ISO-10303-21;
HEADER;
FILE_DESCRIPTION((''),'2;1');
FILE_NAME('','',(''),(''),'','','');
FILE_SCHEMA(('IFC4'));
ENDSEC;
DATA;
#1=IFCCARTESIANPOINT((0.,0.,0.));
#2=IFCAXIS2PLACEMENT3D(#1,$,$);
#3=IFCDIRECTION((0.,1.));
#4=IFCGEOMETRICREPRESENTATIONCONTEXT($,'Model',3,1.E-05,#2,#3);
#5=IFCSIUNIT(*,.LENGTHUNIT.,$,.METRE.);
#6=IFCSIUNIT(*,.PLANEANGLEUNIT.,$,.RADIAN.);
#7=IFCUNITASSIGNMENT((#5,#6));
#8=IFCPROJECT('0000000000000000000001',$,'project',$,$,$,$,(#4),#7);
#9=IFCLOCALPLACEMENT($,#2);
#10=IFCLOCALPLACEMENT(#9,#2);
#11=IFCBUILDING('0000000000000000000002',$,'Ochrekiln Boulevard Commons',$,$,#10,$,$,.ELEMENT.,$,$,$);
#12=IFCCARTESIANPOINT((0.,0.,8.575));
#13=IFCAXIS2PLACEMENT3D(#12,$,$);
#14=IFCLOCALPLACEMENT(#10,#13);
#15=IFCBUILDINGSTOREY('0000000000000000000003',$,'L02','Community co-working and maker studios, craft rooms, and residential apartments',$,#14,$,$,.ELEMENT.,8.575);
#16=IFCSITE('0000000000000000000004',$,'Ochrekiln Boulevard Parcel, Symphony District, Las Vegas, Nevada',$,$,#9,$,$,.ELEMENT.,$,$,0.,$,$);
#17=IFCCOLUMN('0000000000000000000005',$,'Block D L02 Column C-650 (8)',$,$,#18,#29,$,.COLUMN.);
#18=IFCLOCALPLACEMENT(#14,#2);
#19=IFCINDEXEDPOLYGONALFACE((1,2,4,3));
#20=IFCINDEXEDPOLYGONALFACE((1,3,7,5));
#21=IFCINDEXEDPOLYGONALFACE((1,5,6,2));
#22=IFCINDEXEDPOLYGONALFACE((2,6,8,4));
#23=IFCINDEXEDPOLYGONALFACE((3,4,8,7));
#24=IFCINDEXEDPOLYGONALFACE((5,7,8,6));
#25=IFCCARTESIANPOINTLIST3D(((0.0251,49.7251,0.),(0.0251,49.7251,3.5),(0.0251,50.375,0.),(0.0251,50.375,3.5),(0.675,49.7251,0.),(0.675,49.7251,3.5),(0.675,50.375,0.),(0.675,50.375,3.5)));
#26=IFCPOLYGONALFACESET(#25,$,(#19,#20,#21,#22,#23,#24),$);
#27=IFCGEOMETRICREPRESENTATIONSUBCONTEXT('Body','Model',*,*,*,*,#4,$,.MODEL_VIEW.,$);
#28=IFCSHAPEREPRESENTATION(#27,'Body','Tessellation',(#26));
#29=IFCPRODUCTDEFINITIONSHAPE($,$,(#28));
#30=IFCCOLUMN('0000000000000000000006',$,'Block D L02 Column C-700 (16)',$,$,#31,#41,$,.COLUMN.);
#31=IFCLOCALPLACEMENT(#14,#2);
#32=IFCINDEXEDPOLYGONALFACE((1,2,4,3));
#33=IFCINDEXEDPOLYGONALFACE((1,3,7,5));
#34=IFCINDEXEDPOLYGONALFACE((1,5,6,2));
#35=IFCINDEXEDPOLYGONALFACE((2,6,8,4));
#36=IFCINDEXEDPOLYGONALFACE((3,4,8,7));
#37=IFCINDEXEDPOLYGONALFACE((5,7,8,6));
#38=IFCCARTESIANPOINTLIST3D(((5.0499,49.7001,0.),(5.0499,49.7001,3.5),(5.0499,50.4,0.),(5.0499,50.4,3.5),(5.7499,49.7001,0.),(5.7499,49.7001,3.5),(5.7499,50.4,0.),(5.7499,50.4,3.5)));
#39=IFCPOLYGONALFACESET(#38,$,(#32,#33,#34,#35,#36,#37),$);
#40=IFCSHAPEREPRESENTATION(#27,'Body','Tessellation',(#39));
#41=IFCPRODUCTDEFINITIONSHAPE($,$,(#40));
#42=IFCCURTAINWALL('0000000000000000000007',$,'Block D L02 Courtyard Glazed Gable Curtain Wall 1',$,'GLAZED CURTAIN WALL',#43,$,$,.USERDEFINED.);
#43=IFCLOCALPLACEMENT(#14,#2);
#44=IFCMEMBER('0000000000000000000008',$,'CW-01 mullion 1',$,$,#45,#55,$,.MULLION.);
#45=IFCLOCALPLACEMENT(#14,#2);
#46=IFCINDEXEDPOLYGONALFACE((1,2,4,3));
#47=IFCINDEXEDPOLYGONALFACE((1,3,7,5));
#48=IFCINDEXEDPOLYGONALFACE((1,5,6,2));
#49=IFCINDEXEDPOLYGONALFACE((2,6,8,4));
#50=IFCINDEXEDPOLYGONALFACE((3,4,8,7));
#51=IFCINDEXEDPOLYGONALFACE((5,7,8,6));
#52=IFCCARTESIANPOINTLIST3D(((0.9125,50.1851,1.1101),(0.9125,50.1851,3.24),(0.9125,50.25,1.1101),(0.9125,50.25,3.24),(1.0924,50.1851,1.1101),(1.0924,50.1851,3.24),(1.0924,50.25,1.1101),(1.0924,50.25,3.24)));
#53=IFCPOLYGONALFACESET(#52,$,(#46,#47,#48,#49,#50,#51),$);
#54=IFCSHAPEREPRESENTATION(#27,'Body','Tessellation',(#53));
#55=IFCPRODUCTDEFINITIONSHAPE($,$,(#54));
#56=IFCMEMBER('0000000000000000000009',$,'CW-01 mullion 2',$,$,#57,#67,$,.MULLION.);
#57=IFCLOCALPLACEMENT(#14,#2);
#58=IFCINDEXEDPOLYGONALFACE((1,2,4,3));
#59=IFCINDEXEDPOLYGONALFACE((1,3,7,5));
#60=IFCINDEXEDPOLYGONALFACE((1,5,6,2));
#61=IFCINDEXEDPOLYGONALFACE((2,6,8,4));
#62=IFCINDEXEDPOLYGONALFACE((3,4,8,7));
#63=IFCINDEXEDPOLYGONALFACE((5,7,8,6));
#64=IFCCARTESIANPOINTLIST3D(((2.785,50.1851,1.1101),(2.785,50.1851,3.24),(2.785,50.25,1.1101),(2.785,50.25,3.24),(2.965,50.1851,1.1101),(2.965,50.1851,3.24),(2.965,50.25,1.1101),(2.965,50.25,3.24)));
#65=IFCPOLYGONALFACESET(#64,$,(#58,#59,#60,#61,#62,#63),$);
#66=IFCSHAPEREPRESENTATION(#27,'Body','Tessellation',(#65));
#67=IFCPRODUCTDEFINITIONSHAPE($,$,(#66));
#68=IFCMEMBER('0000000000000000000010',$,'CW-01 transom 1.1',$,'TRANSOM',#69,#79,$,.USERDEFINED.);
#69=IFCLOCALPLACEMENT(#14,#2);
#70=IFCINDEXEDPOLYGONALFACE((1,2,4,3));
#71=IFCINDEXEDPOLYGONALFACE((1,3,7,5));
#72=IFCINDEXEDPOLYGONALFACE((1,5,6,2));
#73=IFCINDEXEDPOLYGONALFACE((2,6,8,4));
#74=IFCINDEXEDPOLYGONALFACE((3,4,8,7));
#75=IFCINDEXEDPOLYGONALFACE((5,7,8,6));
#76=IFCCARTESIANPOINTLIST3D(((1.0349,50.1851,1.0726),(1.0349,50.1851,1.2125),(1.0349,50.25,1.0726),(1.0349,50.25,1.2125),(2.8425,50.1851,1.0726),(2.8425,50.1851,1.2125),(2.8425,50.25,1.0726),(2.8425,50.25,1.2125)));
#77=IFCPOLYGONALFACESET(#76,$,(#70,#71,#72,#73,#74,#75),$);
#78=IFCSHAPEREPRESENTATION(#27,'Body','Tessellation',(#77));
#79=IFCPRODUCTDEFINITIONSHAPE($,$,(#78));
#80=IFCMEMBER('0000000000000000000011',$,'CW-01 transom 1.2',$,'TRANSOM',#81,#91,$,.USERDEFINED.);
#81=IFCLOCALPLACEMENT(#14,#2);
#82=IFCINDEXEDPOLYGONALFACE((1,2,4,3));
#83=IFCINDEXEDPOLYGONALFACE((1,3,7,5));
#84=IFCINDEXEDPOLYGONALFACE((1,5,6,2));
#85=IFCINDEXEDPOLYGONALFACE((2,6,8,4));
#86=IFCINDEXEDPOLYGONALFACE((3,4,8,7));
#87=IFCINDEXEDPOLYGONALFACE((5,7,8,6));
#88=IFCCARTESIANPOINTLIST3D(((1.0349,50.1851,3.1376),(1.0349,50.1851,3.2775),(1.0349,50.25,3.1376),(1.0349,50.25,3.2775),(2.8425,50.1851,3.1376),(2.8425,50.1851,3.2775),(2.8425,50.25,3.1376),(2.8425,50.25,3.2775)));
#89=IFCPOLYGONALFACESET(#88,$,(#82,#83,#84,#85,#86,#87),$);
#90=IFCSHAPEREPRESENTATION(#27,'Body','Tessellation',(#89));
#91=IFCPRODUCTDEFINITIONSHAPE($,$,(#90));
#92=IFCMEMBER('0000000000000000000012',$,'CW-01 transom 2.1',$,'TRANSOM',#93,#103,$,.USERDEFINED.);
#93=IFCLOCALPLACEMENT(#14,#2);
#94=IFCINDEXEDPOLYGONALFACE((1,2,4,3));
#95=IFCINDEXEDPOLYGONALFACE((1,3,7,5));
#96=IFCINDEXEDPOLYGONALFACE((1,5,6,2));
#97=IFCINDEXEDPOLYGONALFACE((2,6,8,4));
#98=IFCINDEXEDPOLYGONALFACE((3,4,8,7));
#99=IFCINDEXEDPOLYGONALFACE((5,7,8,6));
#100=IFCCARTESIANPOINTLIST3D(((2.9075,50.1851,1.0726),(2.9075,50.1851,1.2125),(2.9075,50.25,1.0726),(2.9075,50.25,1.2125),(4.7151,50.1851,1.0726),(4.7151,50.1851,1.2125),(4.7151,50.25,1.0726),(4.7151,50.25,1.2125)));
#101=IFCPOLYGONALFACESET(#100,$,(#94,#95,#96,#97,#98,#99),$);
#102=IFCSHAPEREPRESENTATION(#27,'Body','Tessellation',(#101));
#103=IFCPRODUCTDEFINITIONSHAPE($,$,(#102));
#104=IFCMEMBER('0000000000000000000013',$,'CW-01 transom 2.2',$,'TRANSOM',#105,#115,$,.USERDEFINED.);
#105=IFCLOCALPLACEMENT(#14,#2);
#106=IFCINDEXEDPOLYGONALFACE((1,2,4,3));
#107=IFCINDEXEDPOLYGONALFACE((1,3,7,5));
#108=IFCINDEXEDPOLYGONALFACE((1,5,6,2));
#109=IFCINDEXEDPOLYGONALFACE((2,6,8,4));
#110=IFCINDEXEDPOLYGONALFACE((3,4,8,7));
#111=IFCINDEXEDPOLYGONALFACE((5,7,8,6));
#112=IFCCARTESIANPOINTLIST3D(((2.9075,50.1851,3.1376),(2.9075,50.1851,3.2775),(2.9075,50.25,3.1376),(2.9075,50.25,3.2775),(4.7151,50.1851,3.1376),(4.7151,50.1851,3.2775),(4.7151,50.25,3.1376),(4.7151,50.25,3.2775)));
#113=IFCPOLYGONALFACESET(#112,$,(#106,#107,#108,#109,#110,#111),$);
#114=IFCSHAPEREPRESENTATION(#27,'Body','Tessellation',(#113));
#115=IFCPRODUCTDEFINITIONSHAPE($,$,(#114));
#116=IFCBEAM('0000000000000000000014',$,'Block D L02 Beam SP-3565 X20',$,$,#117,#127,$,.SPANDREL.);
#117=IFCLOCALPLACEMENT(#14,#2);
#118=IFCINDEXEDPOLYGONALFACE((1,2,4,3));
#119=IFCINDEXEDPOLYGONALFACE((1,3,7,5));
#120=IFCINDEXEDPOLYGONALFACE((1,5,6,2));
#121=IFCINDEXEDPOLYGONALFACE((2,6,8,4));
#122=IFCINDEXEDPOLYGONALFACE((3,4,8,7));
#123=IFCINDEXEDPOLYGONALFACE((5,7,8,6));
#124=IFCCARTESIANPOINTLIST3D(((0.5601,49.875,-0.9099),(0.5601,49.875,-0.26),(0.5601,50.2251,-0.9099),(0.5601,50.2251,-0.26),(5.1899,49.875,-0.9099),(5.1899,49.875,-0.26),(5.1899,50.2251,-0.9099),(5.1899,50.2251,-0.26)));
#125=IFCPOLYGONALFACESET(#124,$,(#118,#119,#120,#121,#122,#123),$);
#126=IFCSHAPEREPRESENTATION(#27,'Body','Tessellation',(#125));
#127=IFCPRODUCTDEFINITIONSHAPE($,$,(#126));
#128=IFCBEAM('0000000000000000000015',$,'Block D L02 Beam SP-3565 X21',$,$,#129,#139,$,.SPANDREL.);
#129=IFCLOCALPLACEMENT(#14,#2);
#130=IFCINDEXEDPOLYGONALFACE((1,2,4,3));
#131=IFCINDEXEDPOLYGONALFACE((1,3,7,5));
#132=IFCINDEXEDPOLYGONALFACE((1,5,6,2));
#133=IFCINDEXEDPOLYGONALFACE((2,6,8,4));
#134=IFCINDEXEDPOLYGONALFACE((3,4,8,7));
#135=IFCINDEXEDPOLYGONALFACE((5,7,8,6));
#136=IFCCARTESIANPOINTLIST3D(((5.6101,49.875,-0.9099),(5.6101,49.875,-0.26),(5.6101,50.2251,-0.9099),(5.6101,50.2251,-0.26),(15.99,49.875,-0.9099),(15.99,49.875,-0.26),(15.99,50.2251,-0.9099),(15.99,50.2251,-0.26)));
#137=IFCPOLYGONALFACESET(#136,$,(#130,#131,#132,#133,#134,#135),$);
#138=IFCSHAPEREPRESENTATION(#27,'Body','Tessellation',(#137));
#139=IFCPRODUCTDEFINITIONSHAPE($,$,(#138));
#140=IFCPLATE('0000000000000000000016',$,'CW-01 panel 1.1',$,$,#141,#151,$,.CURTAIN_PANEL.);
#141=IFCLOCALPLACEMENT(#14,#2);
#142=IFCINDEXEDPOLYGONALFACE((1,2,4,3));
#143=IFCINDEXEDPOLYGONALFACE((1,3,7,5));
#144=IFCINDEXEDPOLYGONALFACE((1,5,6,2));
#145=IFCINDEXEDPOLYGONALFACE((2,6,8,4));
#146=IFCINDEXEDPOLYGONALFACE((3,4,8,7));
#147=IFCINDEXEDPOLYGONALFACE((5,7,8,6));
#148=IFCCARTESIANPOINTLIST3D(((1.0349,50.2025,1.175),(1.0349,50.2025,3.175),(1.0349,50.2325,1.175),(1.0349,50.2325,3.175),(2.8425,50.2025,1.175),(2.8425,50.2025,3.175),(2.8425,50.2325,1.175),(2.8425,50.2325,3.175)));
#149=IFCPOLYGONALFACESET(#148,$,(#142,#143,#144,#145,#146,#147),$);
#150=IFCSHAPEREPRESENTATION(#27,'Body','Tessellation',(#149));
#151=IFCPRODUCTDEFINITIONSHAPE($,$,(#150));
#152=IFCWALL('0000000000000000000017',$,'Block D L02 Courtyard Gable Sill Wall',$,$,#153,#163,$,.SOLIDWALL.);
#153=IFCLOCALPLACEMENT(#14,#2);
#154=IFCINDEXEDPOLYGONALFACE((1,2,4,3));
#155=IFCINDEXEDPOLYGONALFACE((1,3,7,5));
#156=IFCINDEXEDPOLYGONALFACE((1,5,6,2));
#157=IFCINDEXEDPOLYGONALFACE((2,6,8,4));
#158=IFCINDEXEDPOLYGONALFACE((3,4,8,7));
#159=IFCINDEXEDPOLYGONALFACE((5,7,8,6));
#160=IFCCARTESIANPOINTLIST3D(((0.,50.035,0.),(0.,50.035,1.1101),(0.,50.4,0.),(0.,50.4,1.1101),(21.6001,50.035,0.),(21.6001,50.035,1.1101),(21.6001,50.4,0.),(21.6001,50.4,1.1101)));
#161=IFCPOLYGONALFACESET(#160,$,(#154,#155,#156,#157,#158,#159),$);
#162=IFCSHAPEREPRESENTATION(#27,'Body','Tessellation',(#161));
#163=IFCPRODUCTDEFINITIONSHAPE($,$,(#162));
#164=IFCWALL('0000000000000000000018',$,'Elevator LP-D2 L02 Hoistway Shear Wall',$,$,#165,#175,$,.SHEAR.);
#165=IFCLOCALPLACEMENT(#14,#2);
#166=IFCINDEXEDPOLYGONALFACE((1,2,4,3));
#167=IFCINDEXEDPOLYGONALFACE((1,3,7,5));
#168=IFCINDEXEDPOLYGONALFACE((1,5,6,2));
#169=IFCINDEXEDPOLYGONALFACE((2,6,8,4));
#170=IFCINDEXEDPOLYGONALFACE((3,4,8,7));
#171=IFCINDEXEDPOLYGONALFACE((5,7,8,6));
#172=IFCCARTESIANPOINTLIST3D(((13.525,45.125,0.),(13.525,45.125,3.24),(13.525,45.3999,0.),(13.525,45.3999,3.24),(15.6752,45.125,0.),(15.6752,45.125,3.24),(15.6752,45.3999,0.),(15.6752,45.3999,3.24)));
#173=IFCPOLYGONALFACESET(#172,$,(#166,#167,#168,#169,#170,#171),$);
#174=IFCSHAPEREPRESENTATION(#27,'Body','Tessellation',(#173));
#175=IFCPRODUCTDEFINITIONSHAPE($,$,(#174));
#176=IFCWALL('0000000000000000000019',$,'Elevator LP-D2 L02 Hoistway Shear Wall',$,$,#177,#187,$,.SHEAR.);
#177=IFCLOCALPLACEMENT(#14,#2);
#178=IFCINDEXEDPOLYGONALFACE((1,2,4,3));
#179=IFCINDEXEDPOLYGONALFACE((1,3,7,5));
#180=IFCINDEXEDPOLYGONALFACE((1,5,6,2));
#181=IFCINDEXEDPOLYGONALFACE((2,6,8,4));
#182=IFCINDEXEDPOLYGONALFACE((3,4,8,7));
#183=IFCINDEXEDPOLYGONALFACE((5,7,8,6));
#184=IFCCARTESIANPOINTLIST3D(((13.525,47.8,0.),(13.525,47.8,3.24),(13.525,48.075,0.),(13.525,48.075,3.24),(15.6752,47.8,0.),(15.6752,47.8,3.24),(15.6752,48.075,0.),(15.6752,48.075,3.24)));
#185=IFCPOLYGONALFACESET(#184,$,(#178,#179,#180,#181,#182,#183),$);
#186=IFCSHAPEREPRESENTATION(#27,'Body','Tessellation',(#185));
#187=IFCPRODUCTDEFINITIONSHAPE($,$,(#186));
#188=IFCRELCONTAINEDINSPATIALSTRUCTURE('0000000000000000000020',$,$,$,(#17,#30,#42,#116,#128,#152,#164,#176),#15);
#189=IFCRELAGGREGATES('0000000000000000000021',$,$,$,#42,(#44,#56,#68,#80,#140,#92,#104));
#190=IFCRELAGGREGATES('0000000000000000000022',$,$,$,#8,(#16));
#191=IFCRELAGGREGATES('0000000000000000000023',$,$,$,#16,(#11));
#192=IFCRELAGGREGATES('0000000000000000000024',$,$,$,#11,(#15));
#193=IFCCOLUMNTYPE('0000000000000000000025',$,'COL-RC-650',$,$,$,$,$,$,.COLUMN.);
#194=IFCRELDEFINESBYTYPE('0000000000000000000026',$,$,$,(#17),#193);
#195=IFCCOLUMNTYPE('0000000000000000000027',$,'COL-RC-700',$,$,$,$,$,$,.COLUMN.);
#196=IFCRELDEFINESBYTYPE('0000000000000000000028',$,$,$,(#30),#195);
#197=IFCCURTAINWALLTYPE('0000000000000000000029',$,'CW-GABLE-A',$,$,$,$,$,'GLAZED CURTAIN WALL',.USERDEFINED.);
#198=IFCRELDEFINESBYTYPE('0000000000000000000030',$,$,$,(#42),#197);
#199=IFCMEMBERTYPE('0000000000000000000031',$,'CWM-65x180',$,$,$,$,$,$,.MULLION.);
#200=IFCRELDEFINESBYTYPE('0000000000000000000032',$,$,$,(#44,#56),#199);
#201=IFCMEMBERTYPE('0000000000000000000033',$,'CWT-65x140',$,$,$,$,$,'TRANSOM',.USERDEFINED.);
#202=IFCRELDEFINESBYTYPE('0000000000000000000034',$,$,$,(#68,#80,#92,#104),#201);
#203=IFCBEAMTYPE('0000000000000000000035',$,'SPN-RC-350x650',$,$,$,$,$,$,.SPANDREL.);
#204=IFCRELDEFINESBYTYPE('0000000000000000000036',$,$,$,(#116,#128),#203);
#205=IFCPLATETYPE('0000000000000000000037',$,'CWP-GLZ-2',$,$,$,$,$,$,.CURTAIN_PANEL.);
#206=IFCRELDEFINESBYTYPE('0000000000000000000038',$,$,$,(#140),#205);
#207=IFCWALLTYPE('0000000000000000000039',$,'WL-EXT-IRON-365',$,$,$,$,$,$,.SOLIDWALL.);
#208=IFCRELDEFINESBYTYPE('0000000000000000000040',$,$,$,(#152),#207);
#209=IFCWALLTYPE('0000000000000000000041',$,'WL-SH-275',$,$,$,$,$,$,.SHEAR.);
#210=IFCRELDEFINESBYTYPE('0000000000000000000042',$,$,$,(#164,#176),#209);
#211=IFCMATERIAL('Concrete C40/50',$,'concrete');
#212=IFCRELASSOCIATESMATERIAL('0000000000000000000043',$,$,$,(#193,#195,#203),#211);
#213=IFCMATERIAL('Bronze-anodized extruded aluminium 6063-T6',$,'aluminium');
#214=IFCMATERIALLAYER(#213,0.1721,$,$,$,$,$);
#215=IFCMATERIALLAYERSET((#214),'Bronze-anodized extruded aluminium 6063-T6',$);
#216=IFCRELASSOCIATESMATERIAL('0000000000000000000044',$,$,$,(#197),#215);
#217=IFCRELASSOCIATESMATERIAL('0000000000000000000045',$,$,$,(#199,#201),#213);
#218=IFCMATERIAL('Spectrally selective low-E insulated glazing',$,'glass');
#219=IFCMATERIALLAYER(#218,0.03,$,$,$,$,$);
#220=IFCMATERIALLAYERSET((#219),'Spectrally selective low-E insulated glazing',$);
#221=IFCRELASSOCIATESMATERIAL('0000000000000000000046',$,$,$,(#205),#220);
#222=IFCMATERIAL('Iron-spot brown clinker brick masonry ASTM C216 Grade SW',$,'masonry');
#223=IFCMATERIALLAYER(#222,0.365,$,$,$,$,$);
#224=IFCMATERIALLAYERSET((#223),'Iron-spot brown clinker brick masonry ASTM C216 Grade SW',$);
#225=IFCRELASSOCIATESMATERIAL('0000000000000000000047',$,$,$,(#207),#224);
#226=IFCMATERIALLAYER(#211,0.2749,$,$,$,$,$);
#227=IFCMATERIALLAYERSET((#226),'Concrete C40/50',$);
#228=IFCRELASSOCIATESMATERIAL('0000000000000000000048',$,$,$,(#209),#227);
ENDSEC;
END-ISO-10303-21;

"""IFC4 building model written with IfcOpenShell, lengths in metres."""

from ifc_helpers import new_model, si_unit, direction, frame, frame_2d, origin, origin_2d, place, context, subcontext, project, spatial, rectangle, extrude, material, layer, layer_set, material_profile, profile_set, type_object, element, aggregate, save


model = new_model("IFC4")

# Units and contexts
model_context = context("Model", 3, precision=1e-05, world=origin(), true_north=direction((0.0, 1.0)))
body_context = subcontext(model_context, "Body", "Model", "MODEL_VIEW")
ifc_project = project(units=[si_unit("LENGTHUNIT", "METRE"), si_unit("PLANEANGLEUNIT", "RADIAN")], contexts=[model_context])

# Site, building, storey
site_placement = place(None, origin())
site = spatial("IfcSite", under=ifc_project, at=site_placement, Name="Ochrekiln Boulevard Parcel, Symphony District, Las Vegas, Nevada", CompositionType="ELEMENT", RefElevation=0.0)
building_placement = place(site_placement, origin())
building = spatial("IfcBuilding", under=site, at=building_placement, Name="Ochrekiln Boulevard Commons", CompositionType="ELEMENT")
storey_placement = place(building_placement, frame((0.0, 0.0, 8.575)))
storey = spatial("IfcBuildingStorey", under=building, at=storey_placement, Name="L02", Description="Community co-working and maker studios, craft rooms, and residential apartments", CompositionType="ELEMENT", Elevation=8.575)

# Columns
ifc_material_1 = material(Name="Concrete C40/50", Category="concrete")
ifc_material_profile_1 = material_profile(ifc_material_1, rectangle(XDim=0.6499, YDim=0.6499, at=origin_2d()), Name="RC-COL-650x650")
ifc_profile_set_1 = profile_set([ifc_material_profile_1], Name="Concrete C40/50")
column_type_1 = type_object("IfcColumnType", Name="COL-RC-650", PredefinedType="COLUMN", material=ifc_profile_set_1)
column_1_placement = place(storey_placement, frame((0.3501, 50.05, 0.0), z_axis=(0.0, 0.0, 1.0), x_axis=(1.0, 0.0, 0.0)))
element("IfcColumn", 1, at=column_1_placement, inside=storey, type_object=column_type_1, Name="Block D L02 Column C-650 (8)", PredefinedType="COLUMN", context=body_context, shape_type="SweptSolid", body=[
    extrude(rectangle(XDim=0.6499, YDim=0.6499, at=origin_2d()), origin(), (0.0, 0.0, 1.0), 3.5),
])
ifc_material_profile_2 = material_profile(ifc_material_1, rectangle(XDim=0.7, YDim=0.7, at=origin_2d()), Name="RC-COL-700x700")
ifc_profile_set_2 = profile_set([ifc_material_profile_2], Name="Concrete C40/50")
column_type_2 = type_object("IfcColumnType", Name="COL-RC-700", PredefinedType="COLUMN", material=ifc_profile_set_2)
column_2_placement = place(storey_placement, frame((5.3999, 50.05, 0.0), z_axis=(0.0, 0.0, 1.0), x_axis=(1.0, 0.0, 0.0)))
element("IfcColumn", 2, at=column_2_placement, inside=storey, type_object=column_type_2, Name="Block D L02 Column C-700 (16)", PredefinedType="COLUMN", context=body_context, shape_type="SweptSolid", body=[
    extrude(rectangle(XDim=0.7, YDim=0.7, at=origin_2d()), origin(), (0.0, 0.0, 1.0), 3.5),
])

# Curtain wall, members
ifc_material_2 = material(Name="Bronze-anodized extruded aluminium 6063-T6", Category="aluminium")
ifc_layer_1 = layer(ifc_material_2, 0.1721)
ifc_layer_set_1 = layer_set([ifc_layer_1], Name="Bronze-anodized extruded aluminium 6063-T6")
curtain_wall_type = type_object("IfcCurtainWallType", Name="CW-GABLE-A", ElementType="GLAZED CURTAIN WALL", PredefinedType="USERDEFINED", material=ifc_layer_set_1)
curtain_wall_placement = place(storey_placement, origin())
curtain_wall = element("IfcCurtainWall", 3, at=curtain_wall_placement, inside=storey, type_object=curtain_wall_type, Name="Block D L02 Courtyard Glazed Gable Curtain Wall 1", ObjectType="GLAZED CURTAIN WALL", PredefinedType="USERDEFINED")
ifc_material_profile_3 = material_profile(ifc_material_2, rectangle(XDim=0.0649, YDim=0.1799, at=origin_2d()), Name="ALU-MUL-65x180")
ifc_profile_set_3 = profile_set([ifc_material_profile_3], Name="Bronze-anodized extruded aluminium 6063-T6")
member_type_1 = type_object("IfcMemberType", Name="CWM-65x180", PredefinedType="MULLION", material=ifc_profile_set_3)
member_1_placement = place(storey_placement, frame((1.0024, 50.2175, 1.1101), z_axis=(0.0, 0.0, 1.0), x_axis=(0.0, 1.0, 0.0)))
member_1 = element("IfcMember", 4, at=member_1_placement, type_object=member_type_1, Name="CW-01 mullion 1", PredefinedType="MULLION", context=body_context, shape_type="SweptSolid", body=[
    extrude(rectangle(XDim=0.0649, YDim=0.1799, at=origin_2d()), origin(), (0.0, 0.0, 1.0), 2.1299),
])
member_2_placement = place(storey_placement, frame((2.875, 50.2175, 1.1101), z_axis=(0.0, 0.0, 1.0), x_axis=(0.0, 1.0, 0.0)))
member_2 = element("IfcMember", 5, at=member_2_placement, type_object=member_type_1, Name="CW-01 mullion 2", PredefinedType="MULLION", context=body_context, shape_type="SweptSolid", body=[
    extrude(rectangle(XDim=0.0649, YDim=0.1799, at=origin_2d()), origin(), (0.0, 0.0, 1.0), 2.1299),
])
ifc_material_profile_4 = material_profile(ifc_material_2, rectangle(XDim=0.0649, YDim=0.1399, at=origin_2d()), Name="ALU-TRN-65x140")
ifc_profile_set_4 = profile_set([ifc_material_profile_4], Name="Bronze-anodized extruded aluminium 6063-T6")
member_type_2 = type_object("IfcMemberType", Name="CWT-65x140", ElementType="TRANSOM", PredefinedType="USERDEFINED", material=ifc_profile_set_4)
member_3_placement = place(storey_placement, frame((1.0349, 50.2175, 1.1426), z_axis=(1.0, 0.0, 0.0), x_axis=(0.0, 1.0, 0.0)))
member_3 = element("IfcMember", 6, at=member_3_placement, type_object=member_type_2, Name="CW-01 transom 1.1", ObjectType="TRANSOM", PredefinedType="USERDEFINED", context=body_context, shape_type="SweptSolid", body=[
    extrude(rectangle(XDim=0.0649, YDim=0.1399, at=origin_2d()), origin(), (0.0, 0.0, 1.0), 1.8076),
])
member_4_placement = place(storey_placement, frame((1.0349, 50.2175, 3.2075), z_axis=(1.0, 0.0, 0.0), x_axis=(0.0, 1.0, 0.0)))
member_4 = element("IfcMember", 7, at=member_4_placement, type_object=member_type_2, Name="CW-01 transom 1.2", ObjectType="TRANSOM", PredefinedType="USERDEFINED", context=body_context, shape_type="SweptSolid", body=[
    extrude(rectangle(XDim=0.0649, YDim=0.1399, at=origin_2d()), origin(), (0.0, 0.0, 1.0), 1.8076),
])
member_5_placement = place(storey_placement, frame((2.9075, 50.2175, 1.1426), z_axis=(1.0, 0.0, 0.0), x_axis=(0.0, 1.0, 0.0)))
member_5 = element("IfcMember", 8, at=member_5_placement, type_object=member_type_2, Name="CW-01 transom 2.1", ObjectType="TRANSOM", PredefinedType="USERDEFINED", context=body_context, shape_type="SweptSolid", body=[
    extrude(rectangle(XDim=0.0649, YDim=0.1399, at=origin_2d()), origin(), (0.0, 0.0, 1.0), 1.8076),
])
member_6_placement = place(storey_placement, frame((2.9075, 50.2175, 3.2075), z_axis=(1.0, 0.0, 0.0), x_axis=(0.0, 1.0, 0.0)))
member_6 = element("IfcMember", 9, at=member_6_placement, type_object=member_type_2, Name="CW-01 transom 2.2", ObjectType="TRANSOM", PredefinedType="USERDEFINED", context=body_context, shape_type="SweptSolid", body=[
    extrude(rectangle(XDim=0.0649, YDim=0.1399, at=origin_2d()), origin(), (0.0, 0.0, 1.0), 1.8076),
])

# Beams
ifc_material_profile_5 = material_profile(ifc_material_1, rectangle(XDim=0.3501, YDim=0.6499, at=origin_2d()), Name="RC-SPN-350x650")
ifc_profile_set_5 = profile_set([ifc_material_profile_5], Name="Concrete C40/50")
beam_type = type_object("IfcBeamType", Name="SPN-RC-350x650", PredefinedType="SPANDREL", material=ifc_profile_set_5)
beam_1_placement = place(storey_placement, frame((0.5601, 50.05, -0.585), z_axis=(1.0, 0.0, 0.0), x_axis=(0.0, 1.0, 0.0)))
element("IfcBeam", 10, at=beam_1_placement, inside=storey, type_object=beam_type, Name="Block D L02 Beam SP-3565 X20", PredefinedType="SPANDREL", context=body_context, shape_type="SweptSolid", body=[
    extrude(rectangle(XDim=0.3501, YDim=0.6499, at=origin_2d()), origin(), (0.0, 0.0, 1.0), 4.6299),
])
beam_2_placement = place(storey_placement, frame((5.6101, 50.05, -0.585), z_axis=(1.0, 0.0, 0.0), x_axis=(0.0, 1.0, 0.0)))
element("IfcBeam", 11, at=beam_2_placement, inside=storey, type_object=beam_type, Name="Block D L02 Beam SP-3565 X21", PredefinedType="SPANDREL", context=body_context, shape_type="SweptSolid", body=[
    extrude(rectangle(XDim=0.3501, YDim=0.6499, at=origin_2d()), origin(), (0.0, 0.0, 1.0), 10.3799),
])

# Plate
ifc_material_3 = material(Name="Spectrally selective low-E insulated glazing", Category="glass")
ifc_layer_2 = layer(ifc_material_3, 0.03)
ifc_layer_set_2 = layer_set([ifc_layer_2], Name="Spectrally selective low-E insulated glazing")
plate_type = type_object("IfcPlateType", Name="CWP-GLZ-2", PredefinedType="CURTAIN_PANEL", material=ifc_layer_set_2)
plate_placement = place(storey_placement, frame((1.9387, 50.2175, 1.175), z_axis=(0.0, 0.0, 1.0), x_axis=(1.0, 0.0, 0.0)))
plate = element("IfcPlate", 12, at=plate_placement, type_object=plate_type, Name="CW-01 panel 1.1", PredefinedType="CURTAIN_PANEL", context=body_context, shape_type="SweptSolid", body=[
    extrude(rectangle(XDim=1.8076, YDim=0.03, at=origin_2d()), origin(), (0.0, 0.0, 1.0), 2.0),
])
aggregate(curtain_wall, [member_1, member_2, member_3, member_4, plate, member_5, member_6])

# Wall
ifc_material_4 = material(Name="Iron-spot brown clinker brick masonry ASTM C216 Grade SW", Category="masonry")
ifc_layer_3 = layer(ifc_material_4, 0.365)
ifc_layer_set_3 = layer_set([ifc_layer_3], Name="Iron-spot brown clinker brick masonry ASTM C216 Grade SW")
wall_type_1 = type_object("IfcWallType", Name="WL-EXT-IRON-365", PredefinedType="SOLIDWALL", material=ifc_layer_set_3)
wall_1_placement = place(storey_placement, frame((0.0, 50.2175, 0.0), z_axis=(0.0, 0.0, 1.0), x_axis=(1.0, 0.0, 0.0)))
element("IfcWall", 13, at=wall_1_placement, inside=storey, type_object=wall_type_1, Name="Block D L02 Courtyard Gable Sill Wall", PredefinedType="SOLIDWALL", context=body_context, shape_type="SweptSolid", body=[
    extrude(rectangle(XDim=21.6001, YDim=0.365, at=frame_2d((10.8, 0.0))), origin(), (0.0, 0.0, 1.0), 1.1101),
])

# Walls
ifc_layer_4 = layer(ifc_material_1, 0.2749)
ifc_layer_set_4 = layer_set([ifc_layer_4], Name="Concrete C40/50")
wall_type_2 = type_object("IfcWallType", Name="WL-SH-275", PredefinedType="SHEAR", material=ifc_layer_set_4)
for number, where, z_axis, x_axis, name in (
    (14, (13.5249, 45.2625, 0.0), (0.0, 0.0, 1.0), (1.0, 0.0, 0.0), "Elevator LP-D2 L02 Hoistway Shear Wall"),
    (15, (13.5249, 47.9375, 0.0), (0.0, 0.0, 1.0), (1.0, 0.0, 0.0), "Elevator LP-D2 L02 Hoistway Shear Wall"),
):
    element("IfcWall", number, at=place(storey_placement, frame(where, z_axis=z_axis, x_axis=x_axis)), inside=storey, type_object=wall_type_2, Name=name, PredefinedType="SHEAR", context=body_context, shape_type="SweptSolid", body=[
        extrude(rectangle(XDim=2.1501, YDim=0.2749, at=frame_2d((1.0752, 0.0))), origin(), (0.0, 0.0, 1.0), 3.24),
    ])

save(model, "model.ifc")
